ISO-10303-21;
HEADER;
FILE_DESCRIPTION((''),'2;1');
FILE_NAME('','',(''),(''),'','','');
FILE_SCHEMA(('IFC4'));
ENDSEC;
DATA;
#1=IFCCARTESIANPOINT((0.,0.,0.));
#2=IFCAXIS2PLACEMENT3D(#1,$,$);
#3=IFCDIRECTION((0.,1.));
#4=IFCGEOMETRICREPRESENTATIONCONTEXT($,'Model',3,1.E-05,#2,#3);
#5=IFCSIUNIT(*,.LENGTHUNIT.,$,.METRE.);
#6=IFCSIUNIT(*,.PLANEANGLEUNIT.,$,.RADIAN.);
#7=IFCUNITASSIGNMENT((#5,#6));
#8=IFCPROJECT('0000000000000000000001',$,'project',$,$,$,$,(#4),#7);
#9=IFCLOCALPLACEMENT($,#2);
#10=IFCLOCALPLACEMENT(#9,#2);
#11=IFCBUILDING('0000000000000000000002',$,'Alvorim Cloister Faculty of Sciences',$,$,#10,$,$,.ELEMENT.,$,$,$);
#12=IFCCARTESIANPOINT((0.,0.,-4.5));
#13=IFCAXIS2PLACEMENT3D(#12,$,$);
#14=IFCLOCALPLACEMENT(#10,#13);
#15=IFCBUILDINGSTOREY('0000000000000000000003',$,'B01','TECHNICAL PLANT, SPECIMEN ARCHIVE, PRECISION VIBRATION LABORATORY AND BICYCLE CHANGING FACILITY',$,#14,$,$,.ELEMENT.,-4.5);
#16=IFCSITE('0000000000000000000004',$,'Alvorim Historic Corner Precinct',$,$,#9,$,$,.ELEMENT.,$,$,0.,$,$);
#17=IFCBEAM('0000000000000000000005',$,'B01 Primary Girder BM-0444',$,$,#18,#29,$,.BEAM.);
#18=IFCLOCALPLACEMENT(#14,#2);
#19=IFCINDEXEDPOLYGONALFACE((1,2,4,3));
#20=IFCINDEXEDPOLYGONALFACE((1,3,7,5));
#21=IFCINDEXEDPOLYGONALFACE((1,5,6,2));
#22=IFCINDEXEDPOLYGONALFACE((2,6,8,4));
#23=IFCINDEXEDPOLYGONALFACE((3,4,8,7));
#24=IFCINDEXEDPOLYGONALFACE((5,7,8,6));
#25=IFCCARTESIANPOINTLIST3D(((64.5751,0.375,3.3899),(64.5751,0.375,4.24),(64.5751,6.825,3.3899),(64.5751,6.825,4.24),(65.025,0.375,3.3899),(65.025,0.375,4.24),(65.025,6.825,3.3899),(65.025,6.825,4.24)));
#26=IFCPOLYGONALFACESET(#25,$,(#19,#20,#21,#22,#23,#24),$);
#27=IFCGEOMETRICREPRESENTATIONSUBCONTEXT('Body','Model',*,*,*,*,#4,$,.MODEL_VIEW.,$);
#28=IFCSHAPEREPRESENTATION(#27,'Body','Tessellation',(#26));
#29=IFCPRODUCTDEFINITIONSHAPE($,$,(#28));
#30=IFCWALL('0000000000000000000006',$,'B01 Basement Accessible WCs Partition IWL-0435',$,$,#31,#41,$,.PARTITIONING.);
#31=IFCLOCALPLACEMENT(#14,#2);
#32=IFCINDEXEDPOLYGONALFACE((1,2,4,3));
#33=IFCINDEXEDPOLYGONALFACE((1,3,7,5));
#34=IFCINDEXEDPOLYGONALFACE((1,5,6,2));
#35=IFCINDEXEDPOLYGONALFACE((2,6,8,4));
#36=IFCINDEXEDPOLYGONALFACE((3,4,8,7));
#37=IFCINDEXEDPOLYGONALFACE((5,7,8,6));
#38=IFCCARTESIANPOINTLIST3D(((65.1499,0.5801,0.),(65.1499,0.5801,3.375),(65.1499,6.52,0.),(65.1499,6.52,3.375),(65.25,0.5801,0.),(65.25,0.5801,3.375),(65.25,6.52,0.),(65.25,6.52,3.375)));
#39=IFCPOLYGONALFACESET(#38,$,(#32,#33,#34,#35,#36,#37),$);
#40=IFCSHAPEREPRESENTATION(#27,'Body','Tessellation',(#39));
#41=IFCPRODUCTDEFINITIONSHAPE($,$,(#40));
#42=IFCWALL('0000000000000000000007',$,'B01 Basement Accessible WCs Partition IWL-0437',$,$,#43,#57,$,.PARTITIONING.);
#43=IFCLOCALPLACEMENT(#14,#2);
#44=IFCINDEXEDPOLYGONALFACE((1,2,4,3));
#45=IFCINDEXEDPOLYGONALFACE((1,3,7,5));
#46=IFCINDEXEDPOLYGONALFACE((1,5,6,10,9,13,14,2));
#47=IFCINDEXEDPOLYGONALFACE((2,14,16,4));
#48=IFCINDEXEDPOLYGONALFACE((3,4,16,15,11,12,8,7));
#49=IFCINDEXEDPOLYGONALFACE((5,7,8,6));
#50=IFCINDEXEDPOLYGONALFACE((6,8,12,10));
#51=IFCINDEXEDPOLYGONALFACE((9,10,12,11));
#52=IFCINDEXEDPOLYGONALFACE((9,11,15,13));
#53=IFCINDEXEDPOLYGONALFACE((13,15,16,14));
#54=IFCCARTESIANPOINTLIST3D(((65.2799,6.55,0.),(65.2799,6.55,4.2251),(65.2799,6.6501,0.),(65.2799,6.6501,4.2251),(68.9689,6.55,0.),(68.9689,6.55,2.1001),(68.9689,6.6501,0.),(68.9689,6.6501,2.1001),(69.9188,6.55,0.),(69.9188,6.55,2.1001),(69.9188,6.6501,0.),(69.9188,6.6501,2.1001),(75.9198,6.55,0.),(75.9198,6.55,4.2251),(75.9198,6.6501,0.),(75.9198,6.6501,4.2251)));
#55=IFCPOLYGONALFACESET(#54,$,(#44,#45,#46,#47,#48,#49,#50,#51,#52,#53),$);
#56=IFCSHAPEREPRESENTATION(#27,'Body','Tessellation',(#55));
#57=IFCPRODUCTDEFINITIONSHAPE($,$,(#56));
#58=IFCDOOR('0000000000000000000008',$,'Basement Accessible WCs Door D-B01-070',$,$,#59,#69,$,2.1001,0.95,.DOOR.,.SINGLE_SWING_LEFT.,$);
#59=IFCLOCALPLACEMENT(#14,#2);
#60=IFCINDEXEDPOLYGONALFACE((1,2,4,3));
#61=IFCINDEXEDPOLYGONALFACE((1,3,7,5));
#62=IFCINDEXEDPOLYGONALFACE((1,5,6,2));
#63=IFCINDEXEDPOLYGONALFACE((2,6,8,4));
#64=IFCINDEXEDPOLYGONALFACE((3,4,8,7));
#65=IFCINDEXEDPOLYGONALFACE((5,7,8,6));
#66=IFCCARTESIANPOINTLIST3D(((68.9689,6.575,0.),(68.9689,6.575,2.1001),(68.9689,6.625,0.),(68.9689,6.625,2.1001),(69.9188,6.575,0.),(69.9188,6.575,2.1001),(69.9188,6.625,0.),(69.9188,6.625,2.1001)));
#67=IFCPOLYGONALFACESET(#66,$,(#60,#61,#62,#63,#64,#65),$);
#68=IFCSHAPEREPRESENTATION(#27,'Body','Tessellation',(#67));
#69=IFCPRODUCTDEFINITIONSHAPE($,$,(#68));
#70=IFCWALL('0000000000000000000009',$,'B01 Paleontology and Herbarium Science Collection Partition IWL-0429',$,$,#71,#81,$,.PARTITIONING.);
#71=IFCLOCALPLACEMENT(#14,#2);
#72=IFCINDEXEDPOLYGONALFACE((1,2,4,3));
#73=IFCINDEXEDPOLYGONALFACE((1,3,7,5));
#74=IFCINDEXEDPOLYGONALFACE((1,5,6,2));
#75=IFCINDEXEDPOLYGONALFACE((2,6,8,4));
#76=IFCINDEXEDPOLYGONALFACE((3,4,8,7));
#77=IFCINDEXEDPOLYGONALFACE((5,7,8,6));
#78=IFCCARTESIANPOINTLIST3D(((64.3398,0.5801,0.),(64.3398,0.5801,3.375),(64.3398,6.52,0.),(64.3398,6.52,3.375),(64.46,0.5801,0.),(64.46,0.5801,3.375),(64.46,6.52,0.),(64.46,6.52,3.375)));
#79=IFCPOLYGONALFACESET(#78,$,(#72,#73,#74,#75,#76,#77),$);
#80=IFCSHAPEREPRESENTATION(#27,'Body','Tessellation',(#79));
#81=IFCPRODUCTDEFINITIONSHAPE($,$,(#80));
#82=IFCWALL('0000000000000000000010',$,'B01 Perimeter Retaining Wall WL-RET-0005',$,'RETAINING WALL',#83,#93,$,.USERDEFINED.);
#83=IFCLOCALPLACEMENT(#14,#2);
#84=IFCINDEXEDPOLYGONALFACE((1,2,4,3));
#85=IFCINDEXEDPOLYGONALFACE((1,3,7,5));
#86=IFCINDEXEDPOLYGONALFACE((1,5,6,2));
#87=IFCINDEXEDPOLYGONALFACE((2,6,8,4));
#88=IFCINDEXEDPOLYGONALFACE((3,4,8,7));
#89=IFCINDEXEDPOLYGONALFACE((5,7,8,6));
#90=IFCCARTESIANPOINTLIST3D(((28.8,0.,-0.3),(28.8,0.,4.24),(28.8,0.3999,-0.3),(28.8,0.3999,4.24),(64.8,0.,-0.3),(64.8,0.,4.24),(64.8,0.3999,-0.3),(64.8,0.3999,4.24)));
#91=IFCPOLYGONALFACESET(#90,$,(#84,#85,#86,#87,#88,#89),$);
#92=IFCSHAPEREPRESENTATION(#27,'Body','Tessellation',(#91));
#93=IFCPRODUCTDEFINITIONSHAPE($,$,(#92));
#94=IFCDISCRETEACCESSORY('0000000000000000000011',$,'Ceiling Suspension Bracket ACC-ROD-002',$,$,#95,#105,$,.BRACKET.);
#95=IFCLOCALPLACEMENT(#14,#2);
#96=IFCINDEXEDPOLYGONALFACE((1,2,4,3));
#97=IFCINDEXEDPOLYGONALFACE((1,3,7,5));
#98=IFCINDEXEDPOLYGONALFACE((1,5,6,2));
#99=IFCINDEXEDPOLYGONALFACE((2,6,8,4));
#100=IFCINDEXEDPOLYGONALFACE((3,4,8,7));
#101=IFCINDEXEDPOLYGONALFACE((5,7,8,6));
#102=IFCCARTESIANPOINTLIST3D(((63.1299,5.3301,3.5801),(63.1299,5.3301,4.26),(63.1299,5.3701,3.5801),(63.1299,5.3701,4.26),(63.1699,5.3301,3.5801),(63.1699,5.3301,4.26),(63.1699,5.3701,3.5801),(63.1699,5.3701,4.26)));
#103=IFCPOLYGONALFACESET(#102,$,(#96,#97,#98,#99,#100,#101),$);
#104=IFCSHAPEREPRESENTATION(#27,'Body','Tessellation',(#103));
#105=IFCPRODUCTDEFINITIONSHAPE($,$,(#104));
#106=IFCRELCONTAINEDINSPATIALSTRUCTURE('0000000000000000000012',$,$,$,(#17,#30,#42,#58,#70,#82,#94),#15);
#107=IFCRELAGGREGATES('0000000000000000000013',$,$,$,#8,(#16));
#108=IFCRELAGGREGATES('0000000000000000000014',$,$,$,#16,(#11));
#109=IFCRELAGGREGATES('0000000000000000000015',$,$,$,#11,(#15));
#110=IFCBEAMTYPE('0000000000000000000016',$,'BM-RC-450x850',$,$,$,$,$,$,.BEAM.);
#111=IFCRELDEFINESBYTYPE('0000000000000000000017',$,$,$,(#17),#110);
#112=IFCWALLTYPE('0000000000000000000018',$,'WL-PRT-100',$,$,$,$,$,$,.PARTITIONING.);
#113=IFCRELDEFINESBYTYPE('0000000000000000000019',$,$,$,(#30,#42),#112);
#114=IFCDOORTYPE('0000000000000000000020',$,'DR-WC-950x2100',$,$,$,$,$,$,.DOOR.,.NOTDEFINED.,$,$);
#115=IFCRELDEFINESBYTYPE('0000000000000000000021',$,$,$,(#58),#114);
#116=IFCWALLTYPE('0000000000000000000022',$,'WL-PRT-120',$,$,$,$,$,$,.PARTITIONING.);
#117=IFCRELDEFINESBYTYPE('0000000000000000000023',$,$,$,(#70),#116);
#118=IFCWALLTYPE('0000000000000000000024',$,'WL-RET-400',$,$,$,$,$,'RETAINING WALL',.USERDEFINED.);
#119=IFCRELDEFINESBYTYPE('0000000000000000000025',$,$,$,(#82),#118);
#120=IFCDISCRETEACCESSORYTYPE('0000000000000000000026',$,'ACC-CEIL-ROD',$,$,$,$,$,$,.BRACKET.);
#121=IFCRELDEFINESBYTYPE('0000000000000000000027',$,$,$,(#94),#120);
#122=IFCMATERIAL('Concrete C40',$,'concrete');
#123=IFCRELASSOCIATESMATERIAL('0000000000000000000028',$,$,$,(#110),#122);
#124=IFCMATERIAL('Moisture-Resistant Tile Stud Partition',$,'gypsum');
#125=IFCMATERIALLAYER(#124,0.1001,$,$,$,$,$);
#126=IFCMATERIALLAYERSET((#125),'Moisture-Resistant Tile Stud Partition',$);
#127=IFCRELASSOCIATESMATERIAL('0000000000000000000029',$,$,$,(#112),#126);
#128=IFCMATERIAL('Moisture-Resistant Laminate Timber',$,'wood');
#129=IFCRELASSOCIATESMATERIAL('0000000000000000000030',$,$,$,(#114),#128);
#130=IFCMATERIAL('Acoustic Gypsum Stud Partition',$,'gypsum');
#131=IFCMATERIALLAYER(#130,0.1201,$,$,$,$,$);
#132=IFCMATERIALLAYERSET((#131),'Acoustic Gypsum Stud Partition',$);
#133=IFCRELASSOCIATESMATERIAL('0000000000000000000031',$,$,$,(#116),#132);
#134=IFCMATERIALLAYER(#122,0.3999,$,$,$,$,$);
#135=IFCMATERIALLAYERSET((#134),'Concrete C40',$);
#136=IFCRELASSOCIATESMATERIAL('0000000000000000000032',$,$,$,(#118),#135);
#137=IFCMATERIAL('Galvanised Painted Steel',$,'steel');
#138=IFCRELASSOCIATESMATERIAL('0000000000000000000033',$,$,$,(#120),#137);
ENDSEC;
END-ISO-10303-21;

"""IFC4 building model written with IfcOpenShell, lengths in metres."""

from ifc_helpers import new_model, si_unit, direction, frame, frame_2d, origin, origin_2d, place, context, subcontext, project, spatial, rectangle, extrude, material, layer, layer_set, material_profile, profile_set, type_object, element, fill, save


model = new_model("IFC4")

# Units and contexts
model_context = context("Model", 3, precision=1e-05, world=origin(), true_north=direction((0.0, 1.0)))
body_context = subcontext(model_context, "Body", "Model", "MODEL_VIEW")
ifc_project = project(units=[si_unit("LENGTHUNIT", "METRE"), si_unit("PLANEANGLEUNIT", "RADIAN")], contexts=[model_context])

# Site, building, storey
site_placement = place(None, origin())
site = spatial("IfcSite", under=ifc_project, at=site_placement, Name="Alvorim Historic Corner Precinct", CompositionType="ELEMENT", RefElevation=0.0)
building_placement = place(site_placement, origin())
building = spatial("IfcBuilding", under=site, at=building_placement, Name="Alvorim Cloister Faculty of Sciences", CompositionType="ELEMENT")
storey_placement = place(building_placement, frame((0.0, 0.0, -4.5)))
storey = spatial("IfcBuildingStorey", under=building, at=storey_placement, Name="B01", Description="TECHNICAL PLANT, SPECIMEN ARCHIVE, PRECISION VIBRATION LABORATORY AND BICYCLE CHANGING FACILITY", CompositionType="ELEMENT", Elevation=-4.5)

# Shared definitions
ifc_material_1 = material(Name="Concrete C40", Category="concrete")

# Beam
ifc_material_profile_1 = material_profile(ifc_material_1, rectangle(XDim=0.45, YDim=0.8501, at=origin_2d()), Name="RC40-BM-450x850")
ifc_profile_set_1 = profile_set([ifc_material_profile_1], Name="Concrete C40")
beam_type_1 = type_object("IfcBeamType", Name="BM-RC-450x850", PredefinedType="BEAM", material=ifc_profile_set_1)
for number, where, z_axis, x_axis, name in (
    (1, (64.8, 0.375, 3.8149), (0.0, 1.0, 0.0), (-1.0, 0.0, 0.0), "B01 Primary Girder BM-0444"),
):
    element("IfcBeam", number, at=place(storey_placement, frame(where, z_axis=z_axis, x_axis=x_axis)), inside=storey, type_object=beam_type_1, Name=name, PredefinedType="BEAM", context=body_context, shape_type="SweptSolid", body=[
        extrude(rectangle(XDim=0.45, YDim=0.8501, at=origin_2d()), origin(), (0.0, 0.0, 1.0), 6.45),
    ])

# Wall
ifc_material_2 = material(Name="Moisture-Resistant Tile Stud Partition", Category="gypsum")
ifc_layer_1 = layer(ifc_material_2, 0.1001)
ifc_layer_set_1 = layer_set([ifc_layer_1], Name="Moisture-Resistant Tile Stud Partition")
wall_type_1 = type_object("IfcWallType", Name="WL-PRT-100", PredefinedType="PARTITIONING", material=ifc_layer_set_1)
wall_1_placement = place(storey_placement, frame((65.2, 0.5801, 0.0), z_axis=(0.0, 0.0, 1.0), x_axis=(0.0, 1.0, 0.0)))
element("IfcWall", 2, at=wall_1_placement, inside=storey, type_object=wall_type_1, Name="B01 Basement Accessible WCs Partition IWL-0435", PredefinedType="PARTITIONING", context=body_context, shape_type="SweptSolid", body=[
    extrude(rectangle(XDim=5.9399, YDim=0.1001, at=frame_2d((2.97, 0.0))), origin(), (0.0, 0.0, 1.0), 3.375),
])

# Wall, opening, door
wall_2_placement = place(storey_placement, frame((65.28, 6.6001, 0.0), z_axis=(0.0, 0.0, 1.0), x_axis=(1.0, 0.0, 0.0)))
wall_2 = element("IfcWall", 3, at=wall_2_placement, inside=storey, type_object=wall_type_1, Name="B01 Basement Accessible WCs Partition IWL-0437", PredefinedType="PARTITIONING", context=body_context, shape_type="SweptSolid", body=[
    extrude(rectangle(XDim=10.6399, YDim=0.1001, at=frame_2d((5.3198, 0.0))), origin(), (0.0, 0.0, 1.0), 4.2251),
])
opening_placement = place(wall_2_placement, frame((3.6887, 0.0, 0.0)))
opening = element("IfcOpeningElement", 4, at=opening_placement, cuts=wall_2, PredefinedType="OPENING", context=body_context, shape_type="SweptSolid", body=[
    extrude(rectangle(XDim=0.95, YDim=2.1001, at=frame_2d((0.4751, 1.05))), frame((0.0, 0.062, 0.0), z_axis=(0.0, -1.0, 0.0), x_axis=(1.0, 0.0, 0.0)), (0.0, 0.0, 1.0), 0.124),
])
ifc_material_3 = material(Name="Moisture-Resistant Laminate Timber", Category="wood")
door_type = type_object("IfcDoorType", Name="DR-WC-950x2100", OperationType="NOTDEFINED", PredefinedType="DOOR", material=ifc_material_3)
door_placement = place(opening_placement, origin())
door = element("IfcDoor", 5, at=door_placement, inside=storey, type_object=door_type, Name="Basement Accessible WCs Door D-B01-070", OperationType="SINGLE_SWING_LEFT", OverallHeight=2.1001, OverallWidth=0.95, PredefinedType="DOOR", context=body_context, shape_type="SweptSolid", body=[
    extrude(rectangle(XDim=0.95, YDim=2.1001, at=frame_2d((0.4751, 1.05))), frame((0.0, 0.0249, 0.0), z_axis=(0.0, -1.0, 0.0), x_axis=(1.0, 0.0, 0.0)), (0.0, 0.0, 1.0), 0.05),
])
fill(opening, door)

# Walls
ifc_material_4 = material(Name="Acoustic Gypsum Stud Partition", Category="gypsum")
ifc_layer_2 = layer(ifc_material_4, 0.1201)
ifc_layer_set_2 = layer_set([ifc_layer_2], Name="Acoustic Gypsum Stud Partition")
wall_type_2 = type_object("IfcWallType", Name="WL-PRT-120", PredefinedType="PARTITIONING", material=ifc_layer_set_2)
wall_3_placement = place(storey_placement, frame((64.3999, 0.5801, 0.0), z_axis=(0.0, 0.0, 1.0), x_axis=(0.0, 1.0, 0.0)))
element("IfcWall", 6, at=wall_3_placement, inside=storey, type_object=wall_type_2, Name="B01 Paleontology and Herbarium Science Collection Partition IWL-0429", PredefinedType="PARTITIONING", context=body_context, shape_type="SweptSolid", body=[
    extrude(rectangle(XDim=5.9399, YDim=0.1201, at=frame_2d((2.97, 0.0))), origin(), (0.0, 0.0, 1.0), 3.375),
])
ifc_layer_3 = layer(ifc_material_1, 0.3999)
ifc_layer_set_3 = layer_set([ifc_layer_3], Name="Concrete C40")
wall_type_3 = type_object("IfcWallType", Name="WL-RET-400", ElementType="RETAINING WALL", PredefinedType="USERDEFINED", material=ifc_layer_set_3)
wall_4_placement = place(storey_placement, frame((64.8, 0.2, -0.3), z_axis=(0.0, 0.0, 1.0), x_axis=(-1.0, 0.0, 0.0)))
element("IfcWall", 7, at=wall_4_placement, inside=storey, type_object=wall_type_3, Name="B01 Perimeter Retaining Wall WL-RET-0005", ObjectType="RETAINING WALL", PredefinedType="USERDEFINED", context=body_context, shape_type="SweptSolid", body=[
    extrude(rectangle(XDim=36.0, YDim=0.3999, at=frame_2d((18.0, 0.0))), origin(), (0.0, 0.0, 1.0), 4.54),
])

# Discrete accessory
ifc_material_5 = material(Name="Galvanised Painted Steel", Category="steel")
discrete_accessory_type = type_object("IfcDiscreteAccessoryType", Name="ACC-CEIL-ROD", PredefinedType="BRACKET", material=ifc_material_5)
discrete_accessory_placement = place(storey_placement, frame((63.1499, 5.3501, 3.5801), z_axis=(0.0, 0.0, 1.0), x_axis=(1.0, 0.0, 0.0)))
element("IfcDiscreteAccessory", 8, at=discrete_accessory_placement, inside=storey, type_object=discrete_accessory_type, Name="Ceiling Suspension Bracket ACC-ROD-002", PredefinedType="BRACKET", context=body_context, shape_type="SweptSolid", body=[
    extrude(rectangle(XDim=0.04, YDim=0.04, at=origin_2d()), origin(), (0.0, 0.0, 1.0), 0.6799),
])

save(model, "model.ifc")
